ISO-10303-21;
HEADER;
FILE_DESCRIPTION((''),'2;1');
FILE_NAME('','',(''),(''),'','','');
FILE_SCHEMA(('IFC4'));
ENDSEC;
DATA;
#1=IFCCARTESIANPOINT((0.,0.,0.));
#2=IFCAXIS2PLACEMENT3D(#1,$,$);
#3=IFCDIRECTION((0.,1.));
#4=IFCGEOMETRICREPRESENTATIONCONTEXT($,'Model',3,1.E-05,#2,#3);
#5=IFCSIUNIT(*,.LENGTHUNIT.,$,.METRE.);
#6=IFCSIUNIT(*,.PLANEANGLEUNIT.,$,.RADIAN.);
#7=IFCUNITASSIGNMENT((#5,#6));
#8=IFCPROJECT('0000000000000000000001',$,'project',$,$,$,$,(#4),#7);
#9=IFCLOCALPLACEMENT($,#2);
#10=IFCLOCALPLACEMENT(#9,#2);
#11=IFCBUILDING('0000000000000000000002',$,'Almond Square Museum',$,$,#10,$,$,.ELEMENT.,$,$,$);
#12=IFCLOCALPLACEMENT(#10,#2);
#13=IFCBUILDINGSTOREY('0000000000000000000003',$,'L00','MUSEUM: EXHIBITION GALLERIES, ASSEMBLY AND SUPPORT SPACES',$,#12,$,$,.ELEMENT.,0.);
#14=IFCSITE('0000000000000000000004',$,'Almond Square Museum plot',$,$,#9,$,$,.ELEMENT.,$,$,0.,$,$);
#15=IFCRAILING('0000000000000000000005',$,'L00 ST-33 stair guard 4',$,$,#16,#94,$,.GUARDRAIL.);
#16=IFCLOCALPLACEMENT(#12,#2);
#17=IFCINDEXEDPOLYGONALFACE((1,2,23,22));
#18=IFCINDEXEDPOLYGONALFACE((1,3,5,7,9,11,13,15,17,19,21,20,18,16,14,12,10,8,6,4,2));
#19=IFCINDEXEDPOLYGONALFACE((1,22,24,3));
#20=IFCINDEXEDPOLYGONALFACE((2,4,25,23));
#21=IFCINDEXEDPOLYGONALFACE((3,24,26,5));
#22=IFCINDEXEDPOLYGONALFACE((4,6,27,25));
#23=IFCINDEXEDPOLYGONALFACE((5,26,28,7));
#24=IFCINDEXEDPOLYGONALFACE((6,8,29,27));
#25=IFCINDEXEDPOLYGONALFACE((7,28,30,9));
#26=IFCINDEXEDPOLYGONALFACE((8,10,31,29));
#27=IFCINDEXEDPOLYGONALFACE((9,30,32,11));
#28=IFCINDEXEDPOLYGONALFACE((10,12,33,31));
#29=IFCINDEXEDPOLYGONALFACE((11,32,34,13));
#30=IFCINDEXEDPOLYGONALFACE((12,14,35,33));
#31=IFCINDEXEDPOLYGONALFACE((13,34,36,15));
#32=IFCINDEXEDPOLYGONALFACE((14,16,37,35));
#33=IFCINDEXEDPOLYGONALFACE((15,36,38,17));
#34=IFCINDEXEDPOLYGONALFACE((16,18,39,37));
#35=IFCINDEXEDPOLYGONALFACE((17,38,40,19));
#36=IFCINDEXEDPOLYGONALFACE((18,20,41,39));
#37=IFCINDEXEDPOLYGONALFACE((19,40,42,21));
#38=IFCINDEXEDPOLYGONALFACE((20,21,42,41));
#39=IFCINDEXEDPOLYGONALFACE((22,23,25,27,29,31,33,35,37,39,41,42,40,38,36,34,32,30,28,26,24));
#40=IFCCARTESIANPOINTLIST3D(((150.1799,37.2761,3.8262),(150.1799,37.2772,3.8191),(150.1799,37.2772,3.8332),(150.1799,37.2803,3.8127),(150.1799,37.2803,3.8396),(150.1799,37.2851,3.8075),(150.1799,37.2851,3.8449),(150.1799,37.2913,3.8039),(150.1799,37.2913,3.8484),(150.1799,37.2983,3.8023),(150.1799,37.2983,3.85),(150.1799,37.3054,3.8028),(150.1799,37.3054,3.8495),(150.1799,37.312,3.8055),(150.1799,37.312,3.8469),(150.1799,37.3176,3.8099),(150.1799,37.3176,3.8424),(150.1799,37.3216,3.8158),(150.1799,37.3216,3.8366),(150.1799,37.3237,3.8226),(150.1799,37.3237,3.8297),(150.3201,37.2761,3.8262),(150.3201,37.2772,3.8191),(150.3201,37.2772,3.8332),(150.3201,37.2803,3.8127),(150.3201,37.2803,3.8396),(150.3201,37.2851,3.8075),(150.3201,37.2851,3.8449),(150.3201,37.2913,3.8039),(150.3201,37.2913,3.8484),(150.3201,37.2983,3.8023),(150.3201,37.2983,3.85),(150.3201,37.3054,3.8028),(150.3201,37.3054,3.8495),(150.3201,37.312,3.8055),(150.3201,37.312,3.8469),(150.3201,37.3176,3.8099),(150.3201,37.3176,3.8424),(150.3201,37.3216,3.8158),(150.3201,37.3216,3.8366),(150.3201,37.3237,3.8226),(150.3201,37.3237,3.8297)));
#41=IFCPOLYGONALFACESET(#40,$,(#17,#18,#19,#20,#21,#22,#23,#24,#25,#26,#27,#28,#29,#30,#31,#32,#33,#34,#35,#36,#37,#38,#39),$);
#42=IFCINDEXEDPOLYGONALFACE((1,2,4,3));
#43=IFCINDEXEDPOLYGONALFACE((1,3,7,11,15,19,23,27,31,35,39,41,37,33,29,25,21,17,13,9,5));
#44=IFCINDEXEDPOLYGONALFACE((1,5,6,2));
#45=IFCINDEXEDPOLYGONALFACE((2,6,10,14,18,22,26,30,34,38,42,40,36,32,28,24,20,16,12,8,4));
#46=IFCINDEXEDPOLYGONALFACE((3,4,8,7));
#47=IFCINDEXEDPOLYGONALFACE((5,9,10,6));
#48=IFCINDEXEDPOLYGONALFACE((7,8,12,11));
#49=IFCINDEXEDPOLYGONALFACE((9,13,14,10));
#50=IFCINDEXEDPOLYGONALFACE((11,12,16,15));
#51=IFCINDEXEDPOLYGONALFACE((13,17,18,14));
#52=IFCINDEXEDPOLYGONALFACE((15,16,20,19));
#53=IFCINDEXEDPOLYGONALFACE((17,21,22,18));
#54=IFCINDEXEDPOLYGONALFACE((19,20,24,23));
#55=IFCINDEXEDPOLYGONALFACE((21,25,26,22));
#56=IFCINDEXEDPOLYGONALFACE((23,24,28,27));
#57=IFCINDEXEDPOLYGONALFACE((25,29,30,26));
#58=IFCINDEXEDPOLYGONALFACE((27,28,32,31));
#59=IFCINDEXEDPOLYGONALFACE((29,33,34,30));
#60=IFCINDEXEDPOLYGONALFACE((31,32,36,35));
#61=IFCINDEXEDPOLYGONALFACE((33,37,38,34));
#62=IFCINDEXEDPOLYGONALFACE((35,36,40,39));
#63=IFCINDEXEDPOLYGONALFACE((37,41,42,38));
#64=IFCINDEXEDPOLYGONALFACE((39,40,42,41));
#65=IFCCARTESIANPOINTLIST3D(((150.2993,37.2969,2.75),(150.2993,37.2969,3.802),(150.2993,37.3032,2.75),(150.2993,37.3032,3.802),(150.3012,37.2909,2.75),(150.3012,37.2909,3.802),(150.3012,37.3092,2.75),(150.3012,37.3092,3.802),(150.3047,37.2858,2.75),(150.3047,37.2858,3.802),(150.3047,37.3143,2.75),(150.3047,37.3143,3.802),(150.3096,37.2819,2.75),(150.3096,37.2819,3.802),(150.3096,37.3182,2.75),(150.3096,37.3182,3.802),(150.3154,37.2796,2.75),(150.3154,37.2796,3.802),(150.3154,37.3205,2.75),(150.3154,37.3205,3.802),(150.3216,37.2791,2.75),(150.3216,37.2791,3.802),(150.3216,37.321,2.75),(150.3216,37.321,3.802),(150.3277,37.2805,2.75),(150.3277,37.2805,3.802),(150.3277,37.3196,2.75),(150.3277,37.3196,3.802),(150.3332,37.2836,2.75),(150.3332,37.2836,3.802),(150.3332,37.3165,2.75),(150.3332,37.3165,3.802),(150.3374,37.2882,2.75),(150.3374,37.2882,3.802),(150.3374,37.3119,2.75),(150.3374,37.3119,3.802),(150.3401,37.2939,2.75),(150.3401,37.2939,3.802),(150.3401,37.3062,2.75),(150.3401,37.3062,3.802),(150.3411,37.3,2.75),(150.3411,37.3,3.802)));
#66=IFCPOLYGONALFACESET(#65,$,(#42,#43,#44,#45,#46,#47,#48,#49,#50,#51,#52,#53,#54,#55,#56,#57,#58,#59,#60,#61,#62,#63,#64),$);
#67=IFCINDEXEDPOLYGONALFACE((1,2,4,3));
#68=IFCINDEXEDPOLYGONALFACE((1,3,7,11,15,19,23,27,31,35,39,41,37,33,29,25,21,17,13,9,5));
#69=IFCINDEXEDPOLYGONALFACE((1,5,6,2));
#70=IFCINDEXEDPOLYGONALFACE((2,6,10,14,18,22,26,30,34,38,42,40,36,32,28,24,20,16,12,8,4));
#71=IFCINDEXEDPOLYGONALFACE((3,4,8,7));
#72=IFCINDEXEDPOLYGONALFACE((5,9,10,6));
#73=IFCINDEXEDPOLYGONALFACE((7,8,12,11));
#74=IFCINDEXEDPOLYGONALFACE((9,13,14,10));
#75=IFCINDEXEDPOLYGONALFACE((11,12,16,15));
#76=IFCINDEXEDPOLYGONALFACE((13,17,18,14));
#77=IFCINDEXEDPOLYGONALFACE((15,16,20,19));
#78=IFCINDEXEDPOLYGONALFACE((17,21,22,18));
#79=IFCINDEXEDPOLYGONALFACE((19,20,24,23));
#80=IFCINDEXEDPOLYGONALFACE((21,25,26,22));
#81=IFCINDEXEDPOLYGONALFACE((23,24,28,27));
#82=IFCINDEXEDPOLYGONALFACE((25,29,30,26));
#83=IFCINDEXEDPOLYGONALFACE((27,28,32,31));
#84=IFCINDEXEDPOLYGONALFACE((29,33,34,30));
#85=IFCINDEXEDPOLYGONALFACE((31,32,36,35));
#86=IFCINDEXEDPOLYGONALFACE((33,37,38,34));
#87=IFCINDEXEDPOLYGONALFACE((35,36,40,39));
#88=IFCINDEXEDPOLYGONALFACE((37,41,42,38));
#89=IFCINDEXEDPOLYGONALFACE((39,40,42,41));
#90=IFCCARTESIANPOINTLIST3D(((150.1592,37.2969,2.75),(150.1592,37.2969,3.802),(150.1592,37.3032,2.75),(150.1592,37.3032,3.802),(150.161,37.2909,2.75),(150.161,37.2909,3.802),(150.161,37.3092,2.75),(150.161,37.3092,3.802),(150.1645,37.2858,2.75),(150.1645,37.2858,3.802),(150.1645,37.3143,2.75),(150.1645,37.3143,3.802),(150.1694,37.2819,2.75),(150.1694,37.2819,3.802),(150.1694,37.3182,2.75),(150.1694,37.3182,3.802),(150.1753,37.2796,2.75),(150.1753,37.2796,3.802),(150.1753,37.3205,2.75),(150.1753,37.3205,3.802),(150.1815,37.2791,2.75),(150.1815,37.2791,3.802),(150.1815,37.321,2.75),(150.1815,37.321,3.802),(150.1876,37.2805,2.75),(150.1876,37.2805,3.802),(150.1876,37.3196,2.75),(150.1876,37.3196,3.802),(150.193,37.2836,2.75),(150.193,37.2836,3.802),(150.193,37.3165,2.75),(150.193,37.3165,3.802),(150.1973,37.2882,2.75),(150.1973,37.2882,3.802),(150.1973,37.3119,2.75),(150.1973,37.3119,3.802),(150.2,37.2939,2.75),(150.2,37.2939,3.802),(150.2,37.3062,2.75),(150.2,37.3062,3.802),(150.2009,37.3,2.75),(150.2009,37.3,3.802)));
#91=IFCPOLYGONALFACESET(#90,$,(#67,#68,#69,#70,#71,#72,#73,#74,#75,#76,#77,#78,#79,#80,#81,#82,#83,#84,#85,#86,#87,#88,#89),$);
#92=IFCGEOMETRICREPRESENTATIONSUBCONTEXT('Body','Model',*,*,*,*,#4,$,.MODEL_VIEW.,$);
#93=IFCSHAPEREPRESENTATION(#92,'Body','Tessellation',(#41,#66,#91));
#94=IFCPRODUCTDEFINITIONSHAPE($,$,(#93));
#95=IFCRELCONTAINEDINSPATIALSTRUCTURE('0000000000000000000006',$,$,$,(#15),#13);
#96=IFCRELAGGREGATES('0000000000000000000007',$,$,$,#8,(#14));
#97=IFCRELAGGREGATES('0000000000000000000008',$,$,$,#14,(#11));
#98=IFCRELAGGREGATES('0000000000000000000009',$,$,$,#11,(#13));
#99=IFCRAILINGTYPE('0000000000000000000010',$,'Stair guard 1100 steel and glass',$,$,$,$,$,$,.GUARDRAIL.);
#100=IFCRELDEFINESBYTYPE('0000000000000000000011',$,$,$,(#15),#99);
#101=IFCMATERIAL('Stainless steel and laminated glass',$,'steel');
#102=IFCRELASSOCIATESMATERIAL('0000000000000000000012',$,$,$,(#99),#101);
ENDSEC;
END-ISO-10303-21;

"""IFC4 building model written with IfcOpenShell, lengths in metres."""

from ifc_helpers import new_model, si_unit, direction, frame, origin, origin_2d, place, context, subcontext, project, spatial, circle, extrude, material, type_object, element, save


model = new_model("IFC4")

# Units and contexts
model_context = context("Model", 3, precision=1e-05, world=origin(), true_north=direction((0.0, 1.0)))
body_context = subcontext(model_context, "Body", "Model", "MODEL_VIEW")
ifc_project = project(units=[si_unit("LENGTHUNIT", "METRE"), si_unit("PLANEANGLEUNIT", "RADIAN")], contexts=[model_context])

# Site, building, storey
site_placement = place(None, origin())
site = spatial("IfcSite", under=ifc_project, at=site_placement, Name="Almond Square Museum plot", CompositionType="ELEMENT", RefElevation=0.0)
building_placement = place(site_placement, origin())
building = spatial("IfcBuilding", under=site, at=building_placement, Name="Almond Square Museum", CompositionType="ELEMENT")
storey_placement = place(building_placement, origin())
storey = spatial("IfcBuildingStorey", under=building, at=storey_placement, Name="L00", Description="MUSEUM: EXHIBITION GALLERIES, ASSEMBLY AND SUPPORT SPACES", CompositionType="ELEMENT", Elevation=0.0)

# Railing
ifc_material_1 = material(Name="Stainless steel and laminated glass", Category="steel")
railing_type_1 = type_object("IfcRailingType", Name="Stair guard 1100 steel and glass", PredefinedType="GUARDRAIL", material=ifc_material_1)
railing_1_placement = place(storey_placement, frame((150.3201, 37.3, 2.75)))
element("IfcRailing", 1, at=railing_1_placement, inside=storey, type_object=railing_type_1, Name="L00 ST-33 stair guard 4", PredefinedType="GUARDRAIL", context=body_context, shape_type="SweptSolid", body=[
    extrude(circle(Radius=0.0239, at=origin_2d()), frame((0.0, 0.0, 1.0762), z_axis=(-1.0, 0.0, 0.0), x_axis=(0.0, -1.0, 0.0)), (0.0, 0.0, 1.0), 0.1401),
    extrude(circle(Radius=0.021, at=origin_2d()), origin(), (0.0, 0.0, 1.0), 1.052),
    extrude(circle(Radius=0.021, at=origin_2d()), frame((-0.1401, 0.0, 0.0)), (0.0, 0.0, 1.0), 1.052),
])

save(model, "model.ifc")
